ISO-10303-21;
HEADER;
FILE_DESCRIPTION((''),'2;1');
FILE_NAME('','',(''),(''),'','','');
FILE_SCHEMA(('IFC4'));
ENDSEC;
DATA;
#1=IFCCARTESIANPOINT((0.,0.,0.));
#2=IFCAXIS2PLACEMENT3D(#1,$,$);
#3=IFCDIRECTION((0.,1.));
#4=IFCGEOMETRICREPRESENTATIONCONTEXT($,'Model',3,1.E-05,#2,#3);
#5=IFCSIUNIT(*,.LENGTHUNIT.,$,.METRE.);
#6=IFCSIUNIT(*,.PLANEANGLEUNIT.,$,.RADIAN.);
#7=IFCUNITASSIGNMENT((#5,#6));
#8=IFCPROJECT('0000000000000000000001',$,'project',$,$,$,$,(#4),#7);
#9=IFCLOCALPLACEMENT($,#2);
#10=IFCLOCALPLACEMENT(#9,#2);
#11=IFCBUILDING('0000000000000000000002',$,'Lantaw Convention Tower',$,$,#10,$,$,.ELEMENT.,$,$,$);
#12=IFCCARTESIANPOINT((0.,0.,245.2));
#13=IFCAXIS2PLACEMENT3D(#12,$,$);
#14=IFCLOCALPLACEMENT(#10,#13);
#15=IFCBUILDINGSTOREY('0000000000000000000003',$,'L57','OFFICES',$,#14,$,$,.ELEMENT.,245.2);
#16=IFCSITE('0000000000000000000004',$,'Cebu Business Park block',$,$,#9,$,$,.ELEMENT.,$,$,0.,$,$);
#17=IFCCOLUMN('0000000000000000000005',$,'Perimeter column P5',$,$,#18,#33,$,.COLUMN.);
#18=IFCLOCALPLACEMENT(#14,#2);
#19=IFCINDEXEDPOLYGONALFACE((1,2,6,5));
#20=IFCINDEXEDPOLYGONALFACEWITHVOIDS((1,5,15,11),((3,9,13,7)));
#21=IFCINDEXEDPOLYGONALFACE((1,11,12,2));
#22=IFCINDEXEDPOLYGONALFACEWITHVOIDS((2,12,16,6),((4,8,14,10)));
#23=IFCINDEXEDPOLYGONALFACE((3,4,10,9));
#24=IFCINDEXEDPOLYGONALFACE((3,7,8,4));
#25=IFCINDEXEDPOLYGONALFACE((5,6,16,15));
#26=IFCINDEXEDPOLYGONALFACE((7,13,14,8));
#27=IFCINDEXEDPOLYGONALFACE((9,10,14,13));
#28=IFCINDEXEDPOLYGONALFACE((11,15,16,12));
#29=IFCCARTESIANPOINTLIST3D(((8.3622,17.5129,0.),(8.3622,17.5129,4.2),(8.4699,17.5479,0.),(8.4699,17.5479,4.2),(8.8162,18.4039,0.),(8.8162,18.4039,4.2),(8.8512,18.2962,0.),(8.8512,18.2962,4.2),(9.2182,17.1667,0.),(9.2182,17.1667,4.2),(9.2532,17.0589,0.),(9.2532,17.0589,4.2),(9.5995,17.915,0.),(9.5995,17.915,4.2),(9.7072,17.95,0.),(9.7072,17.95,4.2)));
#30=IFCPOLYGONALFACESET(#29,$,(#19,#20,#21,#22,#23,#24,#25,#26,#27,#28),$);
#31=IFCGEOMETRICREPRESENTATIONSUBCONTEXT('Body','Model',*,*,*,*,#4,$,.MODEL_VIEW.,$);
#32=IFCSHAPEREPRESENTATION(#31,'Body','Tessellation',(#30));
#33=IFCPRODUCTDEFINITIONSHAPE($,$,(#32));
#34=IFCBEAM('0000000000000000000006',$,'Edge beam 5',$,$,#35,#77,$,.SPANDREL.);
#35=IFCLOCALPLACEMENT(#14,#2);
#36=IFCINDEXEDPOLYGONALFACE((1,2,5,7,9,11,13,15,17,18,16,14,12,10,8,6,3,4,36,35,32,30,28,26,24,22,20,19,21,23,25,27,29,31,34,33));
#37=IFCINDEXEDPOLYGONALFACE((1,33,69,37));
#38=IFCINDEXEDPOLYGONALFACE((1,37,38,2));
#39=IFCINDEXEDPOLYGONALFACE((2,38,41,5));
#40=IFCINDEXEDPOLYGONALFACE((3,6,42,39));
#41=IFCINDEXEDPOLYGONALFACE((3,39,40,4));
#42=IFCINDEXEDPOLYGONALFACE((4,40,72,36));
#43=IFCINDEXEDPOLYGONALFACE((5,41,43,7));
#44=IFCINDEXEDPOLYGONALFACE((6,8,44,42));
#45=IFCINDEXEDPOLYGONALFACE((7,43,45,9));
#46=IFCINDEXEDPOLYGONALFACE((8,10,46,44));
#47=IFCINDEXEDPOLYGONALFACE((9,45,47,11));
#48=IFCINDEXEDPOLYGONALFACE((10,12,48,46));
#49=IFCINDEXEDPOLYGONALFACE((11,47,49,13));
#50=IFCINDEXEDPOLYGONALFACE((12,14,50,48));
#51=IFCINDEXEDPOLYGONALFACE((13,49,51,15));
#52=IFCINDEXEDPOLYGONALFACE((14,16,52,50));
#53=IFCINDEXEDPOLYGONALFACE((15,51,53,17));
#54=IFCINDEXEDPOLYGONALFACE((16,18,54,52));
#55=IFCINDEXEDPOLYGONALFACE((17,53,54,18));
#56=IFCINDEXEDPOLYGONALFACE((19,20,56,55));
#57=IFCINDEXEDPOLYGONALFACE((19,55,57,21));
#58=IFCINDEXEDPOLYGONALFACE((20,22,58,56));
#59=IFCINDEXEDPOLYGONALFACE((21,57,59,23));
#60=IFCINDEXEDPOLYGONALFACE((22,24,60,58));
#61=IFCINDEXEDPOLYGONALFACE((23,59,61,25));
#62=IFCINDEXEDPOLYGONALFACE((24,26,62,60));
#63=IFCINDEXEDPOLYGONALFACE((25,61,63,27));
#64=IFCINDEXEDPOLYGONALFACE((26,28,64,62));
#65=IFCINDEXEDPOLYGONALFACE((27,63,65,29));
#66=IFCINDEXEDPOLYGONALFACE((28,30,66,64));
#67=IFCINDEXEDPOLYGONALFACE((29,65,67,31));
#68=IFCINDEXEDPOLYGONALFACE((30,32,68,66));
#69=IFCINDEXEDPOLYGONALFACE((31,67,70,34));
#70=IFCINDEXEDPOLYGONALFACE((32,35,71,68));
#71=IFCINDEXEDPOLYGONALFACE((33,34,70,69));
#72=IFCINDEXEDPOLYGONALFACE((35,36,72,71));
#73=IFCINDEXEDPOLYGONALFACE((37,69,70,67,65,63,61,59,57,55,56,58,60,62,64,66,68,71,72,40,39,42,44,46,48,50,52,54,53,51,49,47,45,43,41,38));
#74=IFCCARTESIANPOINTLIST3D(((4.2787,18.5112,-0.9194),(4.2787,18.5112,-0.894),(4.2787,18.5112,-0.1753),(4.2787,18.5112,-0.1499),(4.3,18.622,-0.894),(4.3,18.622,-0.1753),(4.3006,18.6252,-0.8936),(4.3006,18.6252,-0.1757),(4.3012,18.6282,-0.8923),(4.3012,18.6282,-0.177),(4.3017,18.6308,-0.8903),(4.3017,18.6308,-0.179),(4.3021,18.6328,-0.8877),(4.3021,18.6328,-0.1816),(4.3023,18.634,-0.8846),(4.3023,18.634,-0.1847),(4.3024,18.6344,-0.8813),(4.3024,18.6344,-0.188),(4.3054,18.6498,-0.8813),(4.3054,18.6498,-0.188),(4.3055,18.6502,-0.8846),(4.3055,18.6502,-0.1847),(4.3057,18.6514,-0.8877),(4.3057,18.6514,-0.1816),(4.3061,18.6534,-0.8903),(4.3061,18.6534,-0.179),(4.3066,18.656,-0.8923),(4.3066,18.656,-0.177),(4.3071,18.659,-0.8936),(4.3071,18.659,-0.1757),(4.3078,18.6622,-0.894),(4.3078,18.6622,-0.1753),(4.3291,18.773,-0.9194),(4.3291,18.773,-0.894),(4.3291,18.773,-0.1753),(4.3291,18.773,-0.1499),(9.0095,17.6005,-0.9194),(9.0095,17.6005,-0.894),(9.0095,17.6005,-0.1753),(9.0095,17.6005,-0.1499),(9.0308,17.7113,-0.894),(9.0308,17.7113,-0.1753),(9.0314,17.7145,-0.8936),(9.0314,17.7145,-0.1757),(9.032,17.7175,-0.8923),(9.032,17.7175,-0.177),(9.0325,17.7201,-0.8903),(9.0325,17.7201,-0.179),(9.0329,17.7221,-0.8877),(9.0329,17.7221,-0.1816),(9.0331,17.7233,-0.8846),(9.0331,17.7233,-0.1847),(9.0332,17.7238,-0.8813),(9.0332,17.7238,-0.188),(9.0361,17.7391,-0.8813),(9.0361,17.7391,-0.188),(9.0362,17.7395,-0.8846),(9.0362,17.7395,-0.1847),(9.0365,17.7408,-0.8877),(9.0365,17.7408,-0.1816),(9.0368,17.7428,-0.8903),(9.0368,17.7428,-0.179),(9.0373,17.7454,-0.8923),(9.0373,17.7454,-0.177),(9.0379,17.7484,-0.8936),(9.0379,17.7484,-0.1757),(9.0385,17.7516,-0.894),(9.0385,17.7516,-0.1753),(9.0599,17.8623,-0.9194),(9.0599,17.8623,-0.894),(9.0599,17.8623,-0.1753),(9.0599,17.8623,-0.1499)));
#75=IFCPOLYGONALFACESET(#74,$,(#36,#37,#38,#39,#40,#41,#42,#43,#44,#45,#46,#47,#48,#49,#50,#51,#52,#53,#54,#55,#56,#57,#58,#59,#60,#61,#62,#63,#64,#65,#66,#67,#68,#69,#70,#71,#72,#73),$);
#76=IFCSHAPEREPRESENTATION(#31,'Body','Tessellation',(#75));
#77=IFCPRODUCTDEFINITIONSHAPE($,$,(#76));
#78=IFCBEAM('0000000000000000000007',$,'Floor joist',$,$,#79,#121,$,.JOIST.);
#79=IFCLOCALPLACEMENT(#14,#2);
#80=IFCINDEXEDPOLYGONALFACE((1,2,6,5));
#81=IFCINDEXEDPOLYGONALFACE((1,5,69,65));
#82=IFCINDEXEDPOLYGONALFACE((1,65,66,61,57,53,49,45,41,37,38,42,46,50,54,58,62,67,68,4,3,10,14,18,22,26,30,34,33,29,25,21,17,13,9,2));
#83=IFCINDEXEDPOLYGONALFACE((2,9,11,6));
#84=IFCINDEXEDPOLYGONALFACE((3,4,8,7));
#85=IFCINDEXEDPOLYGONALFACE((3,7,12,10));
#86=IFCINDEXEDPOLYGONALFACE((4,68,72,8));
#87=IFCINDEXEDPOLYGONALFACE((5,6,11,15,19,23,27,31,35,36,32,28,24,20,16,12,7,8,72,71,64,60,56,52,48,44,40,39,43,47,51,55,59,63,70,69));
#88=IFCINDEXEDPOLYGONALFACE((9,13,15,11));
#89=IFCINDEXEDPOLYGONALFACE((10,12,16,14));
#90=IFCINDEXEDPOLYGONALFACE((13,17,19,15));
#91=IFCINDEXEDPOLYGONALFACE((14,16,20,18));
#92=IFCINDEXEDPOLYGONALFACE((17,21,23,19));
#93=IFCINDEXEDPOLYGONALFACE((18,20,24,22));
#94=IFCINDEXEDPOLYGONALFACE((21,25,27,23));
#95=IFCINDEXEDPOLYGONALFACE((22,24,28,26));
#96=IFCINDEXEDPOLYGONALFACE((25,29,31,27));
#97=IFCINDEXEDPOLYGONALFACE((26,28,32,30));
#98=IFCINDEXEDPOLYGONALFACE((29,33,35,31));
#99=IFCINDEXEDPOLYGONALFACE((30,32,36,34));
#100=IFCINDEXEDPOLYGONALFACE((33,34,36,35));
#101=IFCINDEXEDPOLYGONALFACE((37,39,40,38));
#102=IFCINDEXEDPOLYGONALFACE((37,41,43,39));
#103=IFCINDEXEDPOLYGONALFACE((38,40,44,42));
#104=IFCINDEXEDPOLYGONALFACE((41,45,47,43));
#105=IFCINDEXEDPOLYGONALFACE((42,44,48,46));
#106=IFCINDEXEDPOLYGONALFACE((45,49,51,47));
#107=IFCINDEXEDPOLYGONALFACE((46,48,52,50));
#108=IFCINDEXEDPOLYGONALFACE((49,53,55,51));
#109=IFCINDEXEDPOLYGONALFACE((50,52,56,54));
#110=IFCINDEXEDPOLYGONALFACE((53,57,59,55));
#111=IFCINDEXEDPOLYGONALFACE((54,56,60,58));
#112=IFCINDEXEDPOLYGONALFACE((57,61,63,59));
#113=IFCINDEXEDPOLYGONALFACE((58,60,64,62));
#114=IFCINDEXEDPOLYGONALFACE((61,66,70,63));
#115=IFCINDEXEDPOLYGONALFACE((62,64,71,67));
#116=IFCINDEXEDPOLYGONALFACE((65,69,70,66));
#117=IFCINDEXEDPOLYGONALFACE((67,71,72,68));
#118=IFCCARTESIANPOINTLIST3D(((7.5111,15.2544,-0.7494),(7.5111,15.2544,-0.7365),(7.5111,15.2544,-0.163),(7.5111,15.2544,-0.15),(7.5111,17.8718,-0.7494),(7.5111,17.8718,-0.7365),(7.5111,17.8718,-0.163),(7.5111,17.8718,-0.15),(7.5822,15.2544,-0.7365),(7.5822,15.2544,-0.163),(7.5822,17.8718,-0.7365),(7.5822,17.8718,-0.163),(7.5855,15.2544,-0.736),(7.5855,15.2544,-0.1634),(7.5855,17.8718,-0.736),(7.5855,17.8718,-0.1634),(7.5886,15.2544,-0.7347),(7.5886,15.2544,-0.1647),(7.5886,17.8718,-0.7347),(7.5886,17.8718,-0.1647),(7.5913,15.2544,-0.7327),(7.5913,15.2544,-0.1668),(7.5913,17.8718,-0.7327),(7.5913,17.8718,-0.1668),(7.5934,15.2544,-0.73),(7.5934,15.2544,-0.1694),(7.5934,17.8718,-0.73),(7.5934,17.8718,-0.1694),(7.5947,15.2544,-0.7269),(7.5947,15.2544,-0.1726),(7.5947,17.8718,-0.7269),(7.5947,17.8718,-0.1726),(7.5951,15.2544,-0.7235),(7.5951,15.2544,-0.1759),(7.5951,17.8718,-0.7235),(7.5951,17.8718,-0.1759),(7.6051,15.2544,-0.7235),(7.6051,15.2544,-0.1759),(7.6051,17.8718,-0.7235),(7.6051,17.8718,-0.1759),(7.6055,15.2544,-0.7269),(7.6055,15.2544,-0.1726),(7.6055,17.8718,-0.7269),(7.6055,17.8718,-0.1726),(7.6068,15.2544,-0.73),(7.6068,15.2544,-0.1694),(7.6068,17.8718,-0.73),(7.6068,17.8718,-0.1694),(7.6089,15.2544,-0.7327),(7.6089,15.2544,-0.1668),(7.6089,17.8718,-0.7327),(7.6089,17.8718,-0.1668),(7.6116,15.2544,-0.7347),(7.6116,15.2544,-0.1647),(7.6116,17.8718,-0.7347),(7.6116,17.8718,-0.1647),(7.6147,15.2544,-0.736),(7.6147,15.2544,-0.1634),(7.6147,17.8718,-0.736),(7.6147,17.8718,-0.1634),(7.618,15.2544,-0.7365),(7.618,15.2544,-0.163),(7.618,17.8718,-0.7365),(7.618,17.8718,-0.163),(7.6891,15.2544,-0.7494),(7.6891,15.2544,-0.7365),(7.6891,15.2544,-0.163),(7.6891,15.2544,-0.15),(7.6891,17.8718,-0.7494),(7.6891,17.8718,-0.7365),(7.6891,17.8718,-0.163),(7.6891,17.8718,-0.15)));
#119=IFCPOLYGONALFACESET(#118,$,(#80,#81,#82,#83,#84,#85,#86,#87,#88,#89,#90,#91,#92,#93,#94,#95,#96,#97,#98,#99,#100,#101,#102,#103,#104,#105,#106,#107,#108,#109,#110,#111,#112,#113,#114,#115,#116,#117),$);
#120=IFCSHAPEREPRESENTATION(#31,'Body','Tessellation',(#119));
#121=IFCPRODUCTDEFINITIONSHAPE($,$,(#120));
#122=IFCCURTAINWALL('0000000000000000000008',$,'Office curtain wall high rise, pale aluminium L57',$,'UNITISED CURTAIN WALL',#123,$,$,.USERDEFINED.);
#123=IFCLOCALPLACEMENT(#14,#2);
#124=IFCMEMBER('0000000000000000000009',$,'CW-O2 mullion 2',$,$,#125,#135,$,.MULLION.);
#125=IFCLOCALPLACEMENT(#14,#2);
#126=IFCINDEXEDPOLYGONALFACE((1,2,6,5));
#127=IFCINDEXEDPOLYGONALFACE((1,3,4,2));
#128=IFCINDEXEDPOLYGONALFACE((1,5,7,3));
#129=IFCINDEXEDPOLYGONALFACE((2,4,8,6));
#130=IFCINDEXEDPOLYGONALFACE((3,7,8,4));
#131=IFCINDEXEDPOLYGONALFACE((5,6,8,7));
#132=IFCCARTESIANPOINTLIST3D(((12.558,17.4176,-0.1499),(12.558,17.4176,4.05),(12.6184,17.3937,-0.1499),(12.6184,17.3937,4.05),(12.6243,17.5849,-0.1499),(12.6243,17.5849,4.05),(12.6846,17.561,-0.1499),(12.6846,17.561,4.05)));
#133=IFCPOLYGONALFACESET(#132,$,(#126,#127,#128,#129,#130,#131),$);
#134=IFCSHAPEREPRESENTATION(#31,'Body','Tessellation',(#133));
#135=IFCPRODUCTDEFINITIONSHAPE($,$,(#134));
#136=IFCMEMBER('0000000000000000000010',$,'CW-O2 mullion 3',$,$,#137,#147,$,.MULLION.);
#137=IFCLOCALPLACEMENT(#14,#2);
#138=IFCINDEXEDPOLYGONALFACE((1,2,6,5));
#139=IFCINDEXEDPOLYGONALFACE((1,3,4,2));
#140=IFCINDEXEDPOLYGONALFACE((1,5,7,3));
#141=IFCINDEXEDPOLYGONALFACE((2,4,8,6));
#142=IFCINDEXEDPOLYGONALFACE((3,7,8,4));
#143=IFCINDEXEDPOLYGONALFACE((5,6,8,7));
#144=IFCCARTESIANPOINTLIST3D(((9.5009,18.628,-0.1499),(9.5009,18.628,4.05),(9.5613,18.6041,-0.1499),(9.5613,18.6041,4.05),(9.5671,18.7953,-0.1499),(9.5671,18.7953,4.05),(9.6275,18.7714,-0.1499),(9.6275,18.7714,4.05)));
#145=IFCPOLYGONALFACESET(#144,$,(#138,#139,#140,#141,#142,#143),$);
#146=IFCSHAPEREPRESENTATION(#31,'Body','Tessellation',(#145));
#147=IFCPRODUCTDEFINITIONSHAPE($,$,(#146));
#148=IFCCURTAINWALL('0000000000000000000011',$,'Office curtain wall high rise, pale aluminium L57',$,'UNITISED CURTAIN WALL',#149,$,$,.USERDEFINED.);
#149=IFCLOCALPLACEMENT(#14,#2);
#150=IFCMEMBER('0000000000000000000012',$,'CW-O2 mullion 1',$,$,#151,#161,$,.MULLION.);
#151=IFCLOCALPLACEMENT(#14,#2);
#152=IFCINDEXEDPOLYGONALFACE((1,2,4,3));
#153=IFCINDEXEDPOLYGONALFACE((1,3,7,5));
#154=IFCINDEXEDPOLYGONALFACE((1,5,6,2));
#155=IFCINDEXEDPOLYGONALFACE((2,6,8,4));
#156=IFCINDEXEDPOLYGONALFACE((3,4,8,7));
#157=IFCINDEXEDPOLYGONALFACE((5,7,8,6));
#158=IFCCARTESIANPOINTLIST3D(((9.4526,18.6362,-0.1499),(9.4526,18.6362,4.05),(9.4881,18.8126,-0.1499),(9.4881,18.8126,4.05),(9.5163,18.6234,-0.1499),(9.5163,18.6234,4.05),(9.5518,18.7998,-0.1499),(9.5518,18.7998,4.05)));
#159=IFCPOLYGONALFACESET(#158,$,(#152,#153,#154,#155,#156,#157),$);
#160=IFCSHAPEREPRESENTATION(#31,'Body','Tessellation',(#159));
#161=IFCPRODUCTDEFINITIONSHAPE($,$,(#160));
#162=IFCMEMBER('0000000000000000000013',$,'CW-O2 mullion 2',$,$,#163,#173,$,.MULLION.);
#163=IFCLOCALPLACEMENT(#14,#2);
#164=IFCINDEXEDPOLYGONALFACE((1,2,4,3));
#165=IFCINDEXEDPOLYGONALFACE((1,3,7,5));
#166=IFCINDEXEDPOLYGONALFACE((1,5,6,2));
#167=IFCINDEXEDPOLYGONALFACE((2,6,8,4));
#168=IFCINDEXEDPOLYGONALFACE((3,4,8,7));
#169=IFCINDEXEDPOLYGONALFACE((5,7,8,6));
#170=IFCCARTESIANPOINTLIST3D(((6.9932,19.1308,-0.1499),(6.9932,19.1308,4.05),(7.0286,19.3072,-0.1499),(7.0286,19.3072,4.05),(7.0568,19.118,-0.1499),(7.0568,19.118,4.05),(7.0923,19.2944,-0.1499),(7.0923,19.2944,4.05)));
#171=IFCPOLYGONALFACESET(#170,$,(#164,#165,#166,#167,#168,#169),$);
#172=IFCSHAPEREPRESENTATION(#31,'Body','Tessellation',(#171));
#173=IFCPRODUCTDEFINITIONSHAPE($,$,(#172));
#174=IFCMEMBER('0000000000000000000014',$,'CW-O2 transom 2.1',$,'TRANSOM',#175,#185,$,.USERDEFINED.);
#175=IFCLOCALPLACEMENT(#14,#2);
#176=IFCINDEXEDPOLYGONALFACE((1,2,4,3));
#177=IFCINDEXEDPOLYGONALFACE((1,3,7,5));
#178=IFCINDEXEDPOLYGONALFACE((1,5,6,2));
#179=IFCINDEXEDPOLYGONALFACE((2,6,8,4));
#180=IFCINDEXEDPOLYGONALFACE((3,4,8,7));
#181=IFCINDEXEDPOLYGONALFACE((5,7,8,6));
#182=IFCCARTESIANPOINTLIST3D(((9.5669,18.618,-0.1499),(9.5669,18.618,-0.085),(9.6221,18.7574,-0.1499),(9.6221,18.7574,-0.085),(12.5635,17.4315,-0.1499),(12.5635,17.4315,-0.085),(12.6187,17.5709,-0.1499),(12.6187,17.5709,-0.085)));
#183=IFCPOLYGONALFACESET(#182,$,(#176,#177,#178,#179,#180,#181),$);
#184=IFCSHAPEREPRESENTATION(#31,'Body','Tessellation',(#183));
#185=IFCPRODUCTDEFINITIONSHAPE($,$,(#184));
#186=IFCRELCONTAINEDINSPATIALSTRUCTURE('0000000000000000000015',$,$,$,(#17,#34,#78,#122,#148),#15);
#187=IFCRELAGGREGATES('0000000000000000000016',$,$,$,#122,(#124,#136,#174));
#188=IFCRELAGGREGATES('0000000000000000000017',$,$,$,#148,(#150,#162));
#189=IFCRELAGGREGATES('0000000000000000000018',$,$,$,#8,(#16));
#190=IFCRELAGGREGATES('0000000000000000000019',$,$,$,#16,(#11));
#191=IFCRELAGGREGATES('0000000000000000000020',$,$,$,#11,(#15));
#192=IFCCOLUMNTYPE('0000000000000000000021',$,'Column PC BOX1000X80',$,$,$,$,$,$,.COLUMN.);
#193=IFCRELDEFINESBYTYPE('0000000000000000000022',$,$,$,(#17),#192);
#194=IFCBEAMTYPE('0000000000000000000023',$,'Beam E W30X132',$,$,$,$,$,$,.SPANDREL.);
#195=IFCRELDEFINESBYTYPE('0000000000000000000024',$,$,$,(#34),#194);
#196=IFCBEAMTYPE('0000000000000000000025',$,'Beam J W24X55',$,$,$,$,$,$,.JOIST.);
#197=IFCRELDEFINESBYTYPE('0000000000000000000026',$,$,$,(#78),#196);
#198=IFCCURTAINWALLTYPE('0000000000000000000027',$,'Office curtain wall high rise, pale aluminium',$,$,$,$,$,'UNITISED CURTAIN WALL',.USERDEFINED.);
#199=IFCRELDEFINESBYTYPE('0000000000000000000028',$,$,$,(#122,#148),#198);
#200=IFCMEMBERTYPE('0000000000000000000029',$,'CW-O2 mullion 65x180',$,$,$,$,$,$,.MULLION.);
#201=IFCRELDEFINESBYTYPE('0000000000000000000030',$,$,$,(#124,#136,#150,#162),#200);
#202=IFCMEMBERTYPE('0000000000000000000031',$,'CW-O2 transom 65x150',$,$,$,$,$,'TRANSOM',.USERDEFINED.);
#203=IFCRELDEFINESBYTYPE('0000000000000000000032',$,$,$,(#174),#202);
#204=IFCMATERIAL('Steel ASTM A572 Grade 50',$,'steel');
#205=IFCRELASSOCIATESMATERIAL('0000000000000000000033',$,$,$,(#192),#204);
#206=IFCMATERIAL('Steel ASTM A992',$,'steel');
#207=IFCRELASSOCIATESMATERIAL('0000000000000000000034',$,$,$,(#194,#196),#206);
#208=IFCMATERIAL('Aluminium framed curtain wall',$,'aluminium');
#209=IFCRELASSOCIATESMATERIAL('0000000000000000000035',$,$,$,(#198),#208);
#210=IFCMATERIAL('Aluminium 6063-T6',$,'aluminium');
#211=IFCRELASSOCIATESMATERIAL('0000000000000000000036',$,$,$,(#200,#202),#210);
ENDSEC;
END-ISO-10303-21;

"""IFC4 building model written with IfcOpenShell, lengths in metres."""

from ifc_helpers import new_model, si_unit, direction, frame, origin, origin_2d, place, context, subcontext, project, spatial, rectangle, hollow_rectangle, i_section, extrude, material, material_profile, profile_set, type_object, element, aggregate, save


model = new_model("IFC4")

# Units and contexts
model_context = context("Model", 3, precision=1e-05, world=origin(), true_north=direction((0.0, 1.0)))
body_context = subcontext(model_context, "Body", "Model", "MODEL_VIEW")
ifc_project = project(units=[si_unit("LENGTHUNIT", "METRE"), si_unit("PLANEANGLEUNIT", "RADIAN")], contexts=[model_context])

# Site, building, storey
site_placement = place(None, origin())
site = spatial("IfcSite", under=ifc_project, at=site_placement, Name="Cebu Business Park block", CompositionType="ELEMENT", RefElevation=0.0)
building_placement = place(site_placement, origin())
building = spatial("IfcBuilding", under=site, at=building_placement, Name="Lantaw Convention Tower", CompositionType="ELEMENT")
storey_placement = place(building_placement, frame((0.0, 0.0, 245.2)))
storey = spatial("IfcBuildingStorey", under=building, at=storey_placement, Name="L57", Description="OFFICES", CompositionType="ELEMENT", Elevation=245.2)

# Column
ifc_material_1 = material(Name="Steel ASTM A572 Grade 50", Category="steel")
ifc_material_profile_1 = material_profile(ifc_material_1, hollow_rectangle(XDim=1.0, YDim=1.0, WallThickness=0.0801, at=origin_2d()), Name="BOX1000X80")
ifc_material_2 = material(Name="Concrete C60/75", Category="concrete")
ifc_material_profile_2 = material_profile(ifc_material_2, rectangle(XDim=0.8401, YDim=0.8401, at=origin_2d()), Name="Concrete fill of BOX1000X80")
ifc_profile_set_1 = profile_set([ifc_material_profile_1, ifc_material_profile_2], Name="Steel ASTM A572 Grade 50")
column_type = type_object("IfcColumnType", Name="Column PC BOX1000X80", PredefinedType="COLUMN", material=ifc_profile_set_1)
column_placement = place(storey_placement, frame((9.0347, 17.7314, 0.0), z_axis=(0.0, 0.0, 1.0), x_axis=(0.45399, 0.891007, 0.0)))
element("IfcColumn", 1, at=column_placement, inside=storey, type_object=column_type, Name="Perimeter column P5", PredefinedType="COLUMN", context=body_context, shape_type="SweptSolid", body=[
    extrude(hollow_rectangle(XDim=1.0, YDim=1.0, WallThickness=0.0801, at=origin_2d()), origin(), (0.0, 0.0, 1.0), 4.2),
])

# Beams
ifc_material_3 = material(Name="Steel ASTM A992", Category="steel")
ifc_material_profile_3 = material_profile(ifc_material_3, i_section(OverallWidth=0.2666, OverallDepth=0.7695, WebThickness=0.0156, FlangeThickness=0.0254, FilletRadius=0.0127, at=origin_2d()), Name="W30X132")
ifc_profile_set_2 = profile_set([ifc_material_profile_3], Name="Steel ASTM A992")
beam_type_1 = type_object("IfcBeamType", Name="Beam E W30X132", PredefinedType="SPANDREL", material=ifc_profile_set_2)
beam_1_placement = place(storey_placement, frame((9.0347, 17.7314, -0.5347), z_axis=(-0.981972, 0.189026, 0.0), x_axis=(-0.189026, -0.981972, 0.0)))
element("IfcBeam", 2, at=beam_1_placement, inside=storey, type_object=beam_type_1, Name="Edge beam 5", PredefinedType="SPANDREL", context=body_context, shape_type="SweptSolid", body=[
    extrude(i_section(OverallWidth=0.2666, OverallDepth=0.7695, WebThickness=0.0156, FlangeThickness=0.0254, FilletRadius=0.0127, at=origin_2d()), origin(), (0.0, 0.0, 1.0), 4.8176),
])
ifc_material_profile_4 = material_profile(ifc_material_3, i_section(OverallWidth=0.178, OverallDepth=0.5994, WebThickness=0.01, FlangeThickness=0.0129, FilletRadius=0.0129, at=origin_2d()), Name="W24X55")
ifc_profile_set_3 = profile_set([ifc_material_profile_4], Name="Steel ASTM A992")
beam_type_2 = type_object("IfcBeamType", Name="Beam J W24X55", PredefinedType="JOIST", material=ifc_profile_set_3)
beam_2_placement = place(storey_placement, frame((7.6001, 15.2544, -0.4497), z_axis=(0.0, 1.0, 0.0), x_axis=(-1.0, 0.0, 0.0)))
element("IfcBeam", 3, at=beam_2_placement, inside=storey, type_object=beam_type_2, Name="Floor joist", PredefinedType="JOIST", context=body_context, shape_type="SweptSolid", body=[
    extrude(i_section(OverallWidth=0.178, OverallDepth=0.5994, WebThickness=0.01, FlangeThickness=0.0129, FilletRadius=0.0129, at=origin_2d()), origin(), (0.0, 0.0, 1.0), 2.6174),
])

# Curtain walls, members
ifc_material_4 = material(Name="Aluminium framed curtain wall", Category="aluminium")
curtain_wall_type = type_object("IfcCurtainWallType", Name="Office curtain wall high rise, pale aluminium", ElementType="UNITISED CURTAIN WALL", PredefinedType="USERDEFINED", material=ifc_material_4)
curtain_wall_1_placement = place(storey_placement, origin())
curtain_wall_1 = element("IfcCurtainWall", 4, at=curtain_wall_1_placement, inside=storey, type_object=curtain_wall_type, Name="Office curtain wall high rise, pale aluminium L57", ObjectType="UNITISED CURTAIN WALL", PredefinedType="USERDEFINED")
ifc_material_5 = material(Name="Aluminium 6063-T6", Category="aluminium")
ifc_material_profile_5 = material_profile(ifc_material_5, rectangle(XDim=0.1799, YDim=0.0649, at=origin_2d()), Name="CW-O2 mullion 65x180")
ifc_profile_set_4 = profile_set([ifc_material_profile_5], Name="Aluminium 6063-T6")
member_type_1 = type_object("IfcMemberType", Name="CW-O2 mullion 65x180", PredefinedType="MULLION", material=ifc_profile_set_4)
member_1_placement = place(storey_placement, frame((12.6213, 17.4893, -0.1499), z_axis=(0.0, 0.0, 1.0), x_axis=(-0.368162, -0.929762, 0.0)))
member_1 = element("IfcMember", 5, at=member_1_placement, type_object=member_type_1, Name="CW-O2 mullion 2", PredefinedType="MULLION", context=body_context, shape_type="SweptSolid", body=[
    extrude(rectangle(XDim=0.1799, YDim=0.0649, at=origin_2d()), origin(), (0.0, 0.0, 1.0), 4.2),
])
member_2_placement = place(storey_placement, frame((9.5642, 18.6997, -0.1499), z_axis=(0.0, 0.0, 1.0), x_axis=(-0.368162, -0.929762, 0.0)))
member_2 = element("IfcMember", 6, at=member_2_placement, type_object=member_type_1, Name="CW-O2 mullion 3", PredefinedType="MULLION", context=body_context, shape_type="SweptSolid", body=[
    extrude(rectangle(XDim=0.1799, YDim=0.0649, at=origin_2d()), origin(), (0.0, 0.0, 1.0), 4.2),
])
curtain_wall_2_placement = place(storey_placement, origin())
curtain_wall_2 = element("IfcCurtainWall", 7, at=curtain_wall_2_placement, inside=storey, type_object=curtain_wall_type, Name="Office curtain wall high rise, pale aluminium L57", ObjectType="UNITISED CURTAIN WALL", PredefinedType="USERDEFINED")
member_3_placement = place(storey_placement, frame((9.5022, 18.718, -0.1499), z_axis=(0.0, 0.0, 1.0), x_axis=(-0.197183, -0.980367, 0.0)))
member_3 = element("IfcMember", 8, at=member_3_placement, type_object=member_type_1, Name="CW-O2 mullion 1", PredefinedType="MULLION", context=body_context, shape_type="SweptSolid", body=[
    extrude(rectangle(XDim=0.1799, YDim=0.0649, at=origin_2d()), origin(), (0.0, 0.0, 1.0), 4.2),
])
member_4_placement = place(storey_placement, frame((7.0427, 19.2126, -0.1499), z_axis=(0.0, 0.0, 1.0), x_axis=(-0.197183, -0.980367, 0.0)))
member_4 = element("IfcMember", 9, at=member_4_placement, type_object=member_type_1, Name="CW-O2 mullion 2", PredefinedType="MULLION", context=body_context, shape_type="SweptSolid", body=[
    extrude(rectangle(XDim=0.1799, YDim=0.0649, at=origin_2d()), origin(), (0.0, 0.0, 1.0), 4.2),
])

# Member
ifc_material_profile_6 = material_profile(ifc_material_5, rectangle(XDim=0.1499, YDim=0.0649, at=origin_2d()), Name="CW-O2 transom 65x150")
ifc_profile_set_5 = profile_set([ifc_material_profile_6], Name="Aluminium 6063-T6")
member_type_2 = type_object("IfcMemberType", Name="CW-O2 transom 65x150", ElementType="TRANSOM", PredefinedType="USERDEFINED", material=ifc_profile_set_5)
member_5_placement = place(storey_placement, frame((12.5911, 17.5012, -0.1174), z_axis=(-0.929767, 0.368149, 0.0), x_axis=(-0.368149, -0.929767, 0.0)))
member_5 = element("IfcMember", 10, at=member_5_placement, type_object=member_type_2, Name="CW-O2 transom 2.1", ObjectType="TRANSOM", PredefinedType="USERDEFINED", context=body_context, shape_type="SweptSolid", body=[
    extrude(rectangle(XDim=0.1499, YDim=0.0649, at=origin_2d()), origin(), (0.0, 0.0, 1.0), 3.2229),
])

aggregate(curtain_wall_1, [member_1, member_2, member_5])
aggregate(curtain_wall_2, [member_3, member_4])

save(model, "model.ifc")
